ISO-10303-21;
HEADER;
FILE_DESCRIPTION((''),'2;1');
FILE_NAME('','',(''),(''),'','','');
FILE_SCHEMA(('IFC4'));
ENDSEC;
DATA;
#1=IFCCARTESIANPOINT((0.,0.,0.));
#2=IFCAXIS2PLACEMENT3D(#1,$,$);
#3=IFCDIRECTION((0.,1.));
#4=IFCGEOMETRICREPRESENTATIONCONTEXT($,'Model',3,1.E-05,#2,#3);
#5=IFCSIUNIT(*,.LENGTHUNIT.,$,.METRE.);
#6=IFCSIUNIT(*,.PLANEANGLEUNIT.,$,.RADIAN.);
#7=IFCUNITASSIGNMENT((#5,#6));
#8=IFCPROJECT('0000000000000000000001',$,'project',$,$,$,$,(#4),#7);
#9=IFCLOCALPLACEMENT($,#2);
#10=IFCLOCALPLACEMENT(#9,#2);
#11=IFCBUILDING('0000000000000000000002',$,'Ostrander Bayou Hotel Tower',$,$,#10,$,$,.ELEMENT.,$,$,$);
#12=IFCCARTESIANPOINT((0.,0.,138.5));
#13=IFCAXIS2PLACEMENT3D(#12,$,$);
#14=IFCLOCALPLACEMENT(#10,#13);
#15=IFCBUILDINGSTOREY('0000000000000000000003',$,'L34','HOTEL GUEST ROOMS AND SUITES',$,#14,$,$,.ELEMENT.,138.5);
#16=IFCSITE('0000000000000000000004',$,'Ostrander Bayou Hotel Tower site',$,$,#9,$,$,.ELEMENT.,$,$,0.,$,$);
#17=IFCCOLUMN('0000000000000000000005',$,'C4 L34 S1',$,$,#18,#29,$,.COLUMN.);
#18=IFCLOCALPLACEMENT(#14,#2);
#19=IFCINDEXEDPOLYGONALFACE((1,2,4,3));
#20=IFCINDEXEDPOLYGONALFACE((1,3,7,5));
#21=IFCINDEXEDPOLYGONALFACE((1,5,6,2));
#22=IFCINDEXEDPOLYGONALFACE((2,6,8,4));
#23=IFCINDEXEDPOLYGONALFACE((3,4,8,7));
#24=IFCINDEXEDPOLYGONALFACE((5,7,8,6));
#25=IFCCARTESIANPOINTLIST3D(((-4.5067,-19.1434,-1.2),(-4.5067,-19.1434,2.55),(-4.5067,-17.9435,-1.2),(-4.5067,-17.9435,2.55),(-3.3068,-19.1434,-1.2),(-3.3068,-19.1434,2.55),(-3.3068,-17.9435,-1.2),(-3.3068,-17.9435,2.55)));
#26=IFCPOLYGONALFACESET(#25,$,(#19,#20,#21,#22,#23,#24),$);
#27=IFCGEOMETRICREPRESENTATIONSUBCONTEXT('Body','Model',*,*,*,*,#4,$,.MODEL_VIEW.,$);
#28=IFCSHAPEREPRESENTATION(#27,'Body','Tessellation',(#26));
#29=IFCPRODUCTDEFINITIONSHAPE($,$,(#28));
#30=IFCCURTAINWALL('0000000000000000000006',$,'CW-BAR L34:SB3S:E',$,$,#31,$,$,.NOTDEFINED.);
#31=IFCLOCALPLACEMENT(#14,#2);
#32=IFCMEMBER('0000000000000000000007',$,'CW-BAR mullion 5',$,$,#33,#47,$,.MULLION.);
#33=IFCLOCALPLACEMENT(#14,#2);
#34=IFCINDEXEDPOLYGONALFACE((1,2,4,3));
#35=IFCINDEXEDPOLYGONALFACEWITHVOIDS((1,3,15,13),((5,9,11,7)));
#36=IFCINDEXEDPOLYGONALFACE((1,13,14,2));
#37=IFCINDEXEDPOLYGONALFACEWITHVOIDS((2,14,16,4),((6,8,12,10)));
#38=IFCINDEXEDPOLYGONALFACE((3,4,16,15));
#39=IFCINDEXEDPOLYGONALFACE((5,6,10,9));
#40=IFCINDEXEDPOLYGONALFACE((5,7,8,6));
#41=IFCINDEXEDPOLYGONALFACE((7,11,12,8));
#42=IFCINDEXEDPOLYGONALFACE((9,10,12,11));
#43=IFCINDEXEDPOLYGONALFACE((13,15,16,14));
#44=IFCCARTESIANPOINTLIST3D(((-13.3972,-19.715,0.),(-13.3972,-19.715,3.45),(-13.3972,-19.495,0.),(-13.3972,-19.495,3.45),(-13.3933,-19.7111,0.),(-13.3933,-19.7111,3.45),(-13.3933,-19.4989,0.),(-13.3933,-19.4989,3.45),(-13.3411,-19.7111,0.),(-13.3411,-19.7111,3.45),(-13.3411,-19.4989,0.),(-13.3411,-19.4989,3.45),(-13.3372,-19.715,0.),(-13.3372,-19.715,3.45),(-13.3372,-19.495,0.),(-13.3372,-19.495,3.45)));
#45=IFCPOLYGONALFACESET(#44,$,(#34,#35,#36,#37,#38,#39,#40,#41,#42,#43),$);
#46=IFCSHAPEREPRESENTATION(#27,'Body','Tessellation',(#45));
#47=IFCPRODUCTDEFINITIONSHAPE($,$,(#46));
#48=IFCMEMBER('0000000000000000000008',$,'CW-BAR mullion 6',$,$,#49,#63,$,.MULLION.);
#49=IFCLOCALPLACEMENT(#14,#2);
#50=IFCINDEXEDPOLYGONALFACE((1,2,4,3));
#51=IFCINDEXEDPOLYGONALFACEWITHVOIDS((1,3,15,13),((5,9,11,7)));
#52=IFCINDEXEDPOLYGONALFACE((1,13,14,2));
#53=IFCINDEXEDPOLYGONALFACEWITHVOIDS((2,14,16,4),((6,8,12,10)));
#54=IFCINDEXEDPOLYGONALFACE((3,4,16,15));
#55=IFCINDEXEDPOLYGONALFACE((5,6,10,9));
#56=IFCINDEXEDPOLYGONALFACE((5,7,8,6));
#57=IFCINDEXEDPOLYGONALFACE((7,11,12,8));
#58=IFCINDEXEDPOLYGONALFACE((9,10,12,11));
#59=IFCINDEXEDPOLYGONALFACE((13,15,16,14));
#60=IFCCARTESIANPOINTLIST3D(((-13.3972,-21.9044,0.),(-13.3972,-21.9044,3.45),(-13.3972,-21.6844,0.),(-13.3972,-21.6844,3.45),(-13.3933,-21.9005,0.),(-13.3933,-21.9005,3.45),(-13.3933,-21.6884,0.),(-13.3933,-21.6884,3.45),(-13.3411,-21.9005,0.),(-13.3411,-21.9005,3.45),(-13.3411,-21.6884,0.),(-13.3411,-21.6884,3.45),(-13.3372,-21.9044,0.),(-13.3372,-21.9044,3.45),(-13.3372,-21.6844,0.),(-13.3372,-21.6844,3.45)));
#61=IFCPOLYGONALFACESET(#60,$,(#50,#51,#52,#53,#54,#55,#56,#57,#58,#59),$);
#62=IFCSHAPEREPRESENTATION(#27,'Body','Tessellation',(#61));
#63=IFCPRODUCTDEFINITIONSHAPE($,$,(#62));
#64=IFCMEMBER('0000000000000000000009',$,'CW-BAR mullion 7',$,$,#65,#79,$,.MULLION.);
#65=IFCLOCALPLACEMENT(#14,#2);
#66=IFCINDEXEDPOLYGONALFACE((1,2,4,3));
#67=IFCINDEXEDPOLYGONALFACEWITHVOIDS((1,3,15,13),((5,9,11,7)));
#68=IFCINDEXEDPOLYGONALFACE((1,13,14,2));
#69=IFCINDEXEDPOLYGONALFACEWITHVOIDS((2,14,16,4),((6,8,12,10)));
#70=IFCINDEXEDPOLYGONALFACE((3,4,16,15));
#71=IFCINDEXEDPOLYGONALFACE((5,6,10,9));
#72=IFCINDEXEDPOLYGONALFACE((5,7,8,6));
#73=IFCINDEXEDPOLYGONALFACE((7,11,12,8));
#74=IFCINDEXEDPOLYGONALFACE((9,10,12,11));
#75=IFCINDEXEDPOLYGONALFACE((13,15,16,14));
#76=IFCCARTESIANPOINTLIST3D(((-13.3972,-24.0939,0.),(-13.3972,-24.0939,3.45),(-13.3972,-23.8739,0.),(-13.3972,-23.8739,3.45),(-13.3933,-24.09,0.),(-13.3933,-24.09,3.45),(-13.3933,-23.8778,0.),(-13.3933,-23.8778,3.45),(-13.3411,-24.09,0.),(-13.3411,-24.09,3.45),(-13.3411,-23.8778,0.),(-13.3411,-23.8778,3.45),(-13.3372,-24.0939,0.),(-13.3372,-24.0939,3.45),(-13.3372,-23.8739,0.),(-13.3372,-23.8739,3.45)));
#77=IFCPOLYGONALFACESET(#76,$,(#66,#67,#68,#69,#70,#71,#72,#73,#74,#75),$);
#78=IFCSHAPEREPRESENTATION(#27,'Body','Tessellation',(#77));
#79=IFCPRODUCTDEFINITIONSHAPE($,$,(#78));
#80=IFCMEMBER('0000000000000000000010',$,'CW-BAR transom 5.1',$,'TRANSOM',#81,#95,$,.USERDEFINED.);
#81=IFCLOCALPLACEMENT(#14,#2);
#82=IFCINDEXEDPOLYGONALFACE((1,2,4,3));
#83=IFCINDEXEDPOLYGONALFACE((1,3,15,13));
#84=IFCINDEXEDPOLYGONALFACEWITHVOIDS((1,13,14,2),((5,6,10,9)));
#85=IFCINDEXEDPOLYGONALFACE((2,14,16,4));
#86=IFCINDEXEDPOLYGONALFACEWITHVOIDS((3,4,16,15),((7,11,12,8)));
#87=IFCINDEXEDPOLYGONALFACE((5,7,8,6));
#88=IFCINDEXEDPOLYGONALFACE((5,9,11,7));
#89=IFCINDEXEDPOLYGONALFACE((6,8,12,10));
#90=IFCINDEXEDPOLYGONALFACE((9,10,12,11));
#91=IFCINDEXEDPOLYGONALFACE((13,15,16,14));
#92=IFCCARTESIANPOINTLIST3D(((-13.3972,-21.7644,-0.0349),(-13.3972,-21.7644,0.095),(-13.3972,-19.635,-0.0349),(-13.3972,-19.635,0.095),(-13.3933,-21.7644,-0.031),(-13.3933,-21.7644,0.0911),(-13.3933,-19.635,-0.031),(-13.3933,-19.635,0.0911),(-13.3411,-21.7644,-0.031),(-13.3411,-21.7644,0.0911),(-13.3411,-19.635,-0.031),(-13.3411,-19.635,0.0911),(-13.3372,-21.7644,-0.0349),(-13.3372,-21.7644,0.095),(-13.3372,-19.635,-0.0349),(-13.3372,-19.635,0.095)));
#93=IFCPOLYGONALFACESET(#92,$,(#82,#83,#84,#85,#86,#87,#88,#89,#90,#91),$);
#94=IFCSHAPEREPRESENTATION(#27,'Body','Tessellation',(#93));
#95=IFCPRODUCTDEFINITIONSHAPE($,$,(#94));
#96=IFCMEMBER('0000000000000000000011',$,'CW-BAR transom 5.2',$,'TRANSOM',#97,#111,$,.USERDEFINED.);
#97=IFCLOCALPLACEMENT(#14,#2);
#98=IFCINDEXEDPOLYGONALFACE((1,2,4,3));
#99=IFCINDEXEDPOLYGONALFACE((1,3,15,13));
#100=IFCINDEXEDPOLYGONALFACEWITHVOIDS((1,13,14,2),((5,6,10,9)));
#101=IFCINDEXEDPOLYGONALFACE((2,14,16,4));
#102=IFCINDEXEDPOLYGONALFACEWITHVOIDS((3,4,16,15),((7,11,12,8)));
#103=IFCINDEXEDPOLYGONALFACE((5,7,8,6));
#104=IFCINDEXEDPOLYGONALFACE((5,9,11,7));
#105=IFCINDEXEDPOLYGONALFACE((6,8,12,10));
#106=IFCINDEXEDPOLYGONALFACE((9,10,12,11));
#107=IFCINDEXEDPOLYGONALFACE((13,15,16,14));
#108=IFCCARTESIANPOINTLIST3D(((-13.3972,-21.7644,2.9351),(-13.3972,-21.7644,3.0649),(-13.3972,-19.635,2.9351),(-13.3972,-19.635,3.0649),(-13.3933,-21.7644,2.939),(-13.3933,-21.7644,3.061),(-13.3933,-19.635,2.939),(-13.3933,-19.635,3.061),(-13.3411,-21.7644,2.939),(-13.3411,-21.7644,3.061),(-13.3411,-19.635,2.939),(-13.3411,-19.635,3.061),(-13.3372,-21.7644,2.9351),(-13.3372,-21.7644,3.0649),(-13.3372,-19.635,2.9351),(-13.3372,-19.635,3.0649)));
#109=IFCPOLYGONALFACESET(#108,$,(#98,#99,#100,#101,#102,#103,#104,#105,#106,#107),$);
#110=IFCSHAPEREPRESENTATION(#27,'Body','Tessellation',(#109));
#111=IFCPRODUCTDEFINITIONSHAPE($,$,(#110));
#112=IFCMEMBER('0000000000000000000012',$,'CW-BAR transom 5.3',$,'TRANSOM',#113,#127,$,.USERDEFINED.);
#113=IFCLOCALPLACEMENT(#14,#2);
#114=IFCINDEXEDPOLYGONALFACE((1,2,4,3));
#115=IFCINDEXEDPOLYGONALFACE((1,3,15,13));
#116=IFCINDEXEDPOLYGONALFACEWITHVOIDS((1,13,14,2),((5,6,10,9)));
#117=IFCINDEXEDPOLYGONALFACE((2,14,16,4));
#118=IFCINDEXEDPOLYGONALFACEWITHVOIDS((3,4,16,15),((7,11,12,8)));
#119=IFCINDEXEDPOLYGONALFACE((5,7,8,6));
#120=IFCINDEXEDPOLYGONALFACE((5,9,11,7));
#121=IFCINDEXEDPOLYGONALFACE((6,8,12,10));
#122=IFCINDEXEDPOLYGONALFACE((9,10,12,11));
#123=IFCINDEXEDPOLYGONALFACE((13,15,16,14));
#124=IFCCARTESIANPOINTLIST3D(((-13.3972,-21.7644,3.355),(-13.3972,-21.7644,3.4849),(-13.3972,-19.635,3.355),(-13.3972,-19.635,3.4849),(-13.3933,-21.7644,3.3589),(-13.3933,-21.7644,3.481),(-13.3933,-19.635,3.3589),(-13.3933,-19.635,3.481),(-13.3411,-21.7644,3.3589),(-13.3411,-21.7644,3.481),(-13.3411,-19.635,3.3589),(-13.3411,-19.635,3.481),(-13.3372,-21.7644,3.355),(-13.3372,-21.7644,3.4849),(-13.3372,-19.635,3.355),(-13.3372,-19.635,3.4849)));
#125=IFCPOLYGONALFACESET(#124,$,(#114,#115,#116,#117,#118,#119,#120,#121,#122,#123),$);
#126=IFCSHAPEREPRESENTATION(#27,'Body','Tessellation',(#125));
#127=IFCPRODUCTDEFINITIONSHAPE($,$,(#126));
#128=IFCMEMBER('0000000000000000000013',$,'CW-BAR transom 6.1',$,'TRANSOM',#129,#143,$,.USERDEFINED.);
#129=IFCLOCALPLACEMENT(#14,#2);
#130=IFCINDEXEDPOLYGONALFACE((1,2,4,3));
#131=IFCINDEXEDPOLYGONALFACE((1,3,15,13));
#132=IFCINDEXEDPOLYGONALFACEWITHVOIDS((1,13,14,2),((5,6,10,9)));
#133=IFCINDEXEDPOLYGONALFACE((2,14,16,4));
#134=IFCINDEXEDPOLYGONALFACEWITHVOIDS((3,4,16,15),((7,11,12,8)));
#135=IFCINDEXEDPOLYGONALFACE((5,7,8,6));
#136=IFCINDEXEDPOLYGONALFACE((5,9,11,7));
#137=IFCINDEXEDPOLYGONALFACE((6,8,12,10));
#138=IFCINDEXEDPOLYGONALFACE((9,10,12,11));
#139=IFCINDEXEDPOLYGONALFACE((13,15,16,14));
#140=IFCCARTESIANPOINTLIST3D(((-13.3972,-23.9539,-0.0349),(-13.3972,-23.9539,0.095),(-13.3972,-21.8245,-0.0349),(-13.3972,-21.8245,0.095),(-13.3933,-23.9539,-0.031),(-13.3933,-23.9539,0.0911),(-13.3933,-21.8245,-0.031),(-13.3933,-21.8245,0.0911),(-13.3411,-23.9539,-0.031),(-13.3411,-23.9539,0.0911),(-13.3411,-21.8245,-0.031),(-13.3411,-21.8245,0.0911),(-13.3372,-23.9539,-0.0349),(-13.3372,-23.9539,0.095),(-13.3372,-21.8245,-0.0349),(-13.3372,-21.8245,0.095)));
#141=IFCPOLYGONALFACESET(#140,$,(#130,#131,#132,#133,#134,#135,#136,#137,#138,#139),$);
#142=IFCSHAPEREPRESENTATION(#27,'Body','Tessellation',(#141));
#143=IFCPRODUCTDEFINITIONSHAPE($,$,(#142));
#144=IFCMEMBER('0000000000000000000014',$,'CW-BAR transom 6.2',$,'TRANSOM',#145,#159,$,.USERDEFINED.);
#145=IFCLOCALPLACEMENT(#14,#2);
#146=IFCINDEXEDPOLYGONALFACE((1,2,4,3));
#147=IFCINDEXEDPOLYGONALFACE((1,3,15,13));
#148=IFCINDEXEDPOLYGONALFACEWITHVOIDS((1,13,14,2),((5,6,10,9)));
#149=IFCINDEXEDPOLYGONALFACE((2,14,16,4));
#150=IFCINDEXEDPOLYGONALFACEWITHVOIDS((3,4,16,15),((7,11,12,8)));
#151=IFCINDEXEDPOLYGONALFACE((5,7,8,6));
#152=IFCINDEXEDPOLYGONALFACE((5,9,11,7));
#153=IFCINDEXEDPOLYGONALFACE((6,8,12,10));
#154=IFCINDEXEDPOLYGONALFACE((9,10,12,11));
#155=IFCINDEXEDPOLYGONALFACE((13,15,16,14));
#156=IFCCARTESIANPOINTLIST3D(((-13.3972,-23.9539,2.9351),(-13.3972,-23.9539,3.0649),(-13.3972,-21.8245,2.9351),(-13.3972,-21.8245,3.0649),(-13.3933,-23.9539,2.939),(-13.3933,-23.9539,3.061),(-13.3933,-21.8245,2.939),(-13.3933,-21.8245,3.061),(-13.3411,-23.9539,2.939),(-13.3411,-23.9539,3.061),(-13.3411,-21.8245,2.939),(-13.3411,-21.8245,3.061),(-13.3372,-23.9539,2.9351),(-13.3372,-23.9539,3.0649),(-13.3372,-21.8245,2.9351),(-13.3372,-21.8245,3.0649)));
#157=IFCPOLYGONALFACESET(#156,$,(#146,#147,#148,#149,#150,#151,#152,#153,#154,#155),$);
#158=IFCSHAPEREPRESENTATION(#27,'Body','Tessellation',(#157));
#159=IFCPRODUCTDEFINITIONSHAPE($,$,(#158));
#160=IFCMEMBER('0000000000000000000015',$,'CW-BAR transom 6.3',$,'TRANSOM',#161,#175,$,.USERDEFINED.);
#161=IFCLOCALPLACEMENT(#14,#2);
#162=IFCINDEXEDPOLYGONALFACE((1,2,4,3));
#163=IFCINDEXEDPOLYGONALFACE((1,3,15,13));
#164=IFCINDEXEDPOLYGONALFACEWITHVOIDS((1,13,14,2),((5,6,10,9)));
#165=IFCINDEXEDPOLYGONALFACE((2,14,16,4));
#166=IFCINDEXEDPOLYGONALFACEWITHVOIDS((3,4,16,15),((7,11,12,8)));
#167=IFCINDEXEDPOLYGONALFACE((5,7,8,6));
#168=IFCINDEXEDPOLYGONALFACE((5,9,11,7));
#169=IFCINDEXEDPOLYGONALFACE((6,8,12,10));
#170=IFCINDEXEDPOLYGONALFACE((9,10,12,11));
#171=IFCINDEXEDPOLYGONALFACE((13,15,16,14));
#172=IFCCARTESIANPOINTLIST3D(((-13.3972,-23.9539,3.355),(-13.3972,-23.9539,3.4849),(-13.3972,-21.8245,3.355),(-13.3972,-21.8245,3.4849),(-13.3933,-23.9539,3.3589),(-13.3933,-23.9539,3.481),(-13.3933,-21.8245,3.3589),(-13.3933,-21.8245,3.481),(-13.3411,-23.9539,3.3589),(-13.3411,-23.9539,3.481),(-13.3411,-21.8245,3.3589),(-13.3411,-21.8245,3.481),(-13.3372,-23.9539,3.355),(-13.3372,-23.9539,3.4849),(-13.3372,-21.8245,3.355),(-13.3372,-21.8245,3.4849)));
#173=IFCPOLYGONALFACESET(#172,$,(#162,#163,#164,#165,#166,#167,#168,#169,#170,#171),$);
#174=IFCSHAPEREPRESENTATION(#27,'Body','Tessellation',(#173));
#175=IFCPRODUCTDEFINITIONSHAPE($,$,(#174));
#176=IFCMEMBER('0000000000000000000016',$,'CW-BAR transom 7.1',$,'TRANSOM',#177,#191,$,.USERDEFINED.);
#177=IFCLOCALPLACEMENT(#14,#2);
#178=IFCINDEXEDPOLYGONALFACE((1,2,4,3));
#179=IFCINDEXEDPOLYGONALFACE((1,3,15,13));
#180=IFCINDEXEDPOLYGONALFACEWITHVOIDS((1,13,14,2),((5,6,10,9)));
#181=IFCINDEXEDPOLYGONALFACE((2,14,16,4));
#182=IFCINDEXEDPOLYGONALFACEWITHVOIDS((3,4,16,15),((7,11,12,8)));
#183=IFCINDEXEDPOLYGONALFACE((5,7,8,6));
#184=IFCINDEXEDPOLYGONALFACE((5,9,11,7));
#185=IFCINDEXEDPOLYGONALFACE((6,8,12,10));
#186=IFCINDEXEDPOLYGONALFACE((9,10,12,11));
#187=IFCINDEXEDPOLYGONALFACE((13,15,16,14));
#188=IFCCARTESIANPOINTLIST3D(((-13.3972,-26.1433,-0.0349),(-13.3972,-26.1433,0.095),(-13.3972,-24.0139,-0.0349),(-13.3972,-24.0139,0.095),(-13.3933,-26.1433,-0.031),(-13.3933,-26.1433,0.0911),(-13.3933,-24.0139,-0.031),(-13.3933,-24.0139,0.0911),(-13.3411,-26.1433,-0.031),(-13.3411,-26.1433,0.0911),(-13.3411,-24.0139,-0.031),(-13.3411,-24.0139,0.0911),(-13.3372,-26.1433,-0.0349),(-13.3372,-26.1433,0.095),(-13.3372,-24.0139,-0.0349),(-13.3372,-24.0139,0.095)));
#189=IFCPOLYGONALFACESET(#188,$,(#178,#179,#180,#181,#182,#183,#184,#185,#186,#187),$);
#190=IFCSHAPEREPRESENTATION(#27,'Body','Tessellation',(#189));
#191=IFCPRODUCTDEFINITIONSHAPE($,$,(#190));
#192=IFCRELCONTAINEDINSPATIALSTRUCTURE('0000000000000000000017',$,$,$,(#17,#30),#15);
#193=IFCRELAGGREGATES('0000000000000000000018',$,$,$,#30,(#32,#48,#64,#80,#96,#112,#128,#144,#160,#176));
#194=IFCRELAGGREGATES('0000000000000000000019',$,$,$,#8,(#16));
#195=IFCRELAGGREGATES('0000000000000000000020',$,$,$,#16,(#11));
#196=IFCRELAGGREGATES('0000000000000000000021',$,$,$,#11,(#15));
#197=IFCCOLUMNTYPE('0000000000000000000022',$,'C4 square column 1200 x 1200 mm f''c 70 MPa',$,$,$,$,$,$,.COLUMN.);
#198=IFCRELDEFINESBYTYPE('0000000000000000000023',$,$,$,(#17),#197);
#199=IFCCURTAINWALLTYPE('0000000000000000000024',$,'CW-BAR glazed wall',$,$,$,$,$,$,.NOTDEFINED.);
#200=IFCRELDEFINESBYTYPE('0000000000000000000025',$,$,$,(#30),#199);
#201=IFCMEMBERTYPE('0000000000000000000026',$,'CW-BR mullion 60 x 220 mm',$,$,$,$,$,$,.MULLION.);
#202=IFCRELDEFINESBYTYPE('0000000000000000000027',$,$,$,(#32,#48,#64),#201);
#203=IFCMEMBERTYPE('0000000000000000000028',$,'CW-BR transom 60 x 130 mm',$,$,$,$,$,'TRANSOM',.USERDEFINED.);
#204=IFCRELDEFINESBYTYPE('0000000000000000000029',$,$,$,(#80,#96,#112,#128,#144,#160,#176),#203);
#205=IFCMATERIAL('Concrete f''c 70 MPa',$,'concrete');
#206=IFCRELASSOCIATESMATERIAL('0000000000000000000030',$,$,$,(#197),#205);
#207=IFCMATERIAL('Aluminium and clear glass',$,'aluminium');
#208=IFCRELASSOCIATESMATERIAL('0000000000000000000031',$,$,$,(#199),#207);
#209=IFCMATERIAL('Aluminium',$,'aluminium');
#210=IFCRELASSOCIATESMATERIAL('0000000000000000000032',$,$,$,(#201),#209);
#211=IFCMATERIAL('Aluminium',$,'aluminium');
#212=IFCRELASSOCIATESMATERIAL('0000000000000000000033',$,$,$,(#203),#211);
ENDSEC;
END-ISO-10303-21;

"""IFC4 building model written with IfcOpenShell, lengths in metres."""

from ifc_helpers import new_model, si_unit, direction, frame, origin, origin_2d, place, context, subcontext, project, spatial, rectangle, hollow_rectangle, extrude, material, material_profile, profile_set, type_object, element, aggregate, save


model = new_model("IFC4")

# Units and contexts
model_context = context("Model", 3, precision=1e-05, world=origin(), true_north=direction((0.0, 1.0)))
body_context = subcontext(model_context, "Body", "Model", "MODEL_VIEW")
ifc_project = project(units=[si_unit("LENGTHUNIT", "METRE"), si_unit("PLANEANGLEUNIT", "RADIAN")], contexts=[model_context])

# Site, building, storey
site_placement = place(None, origin())
site = spatial("IfcSite", under=ifc_project, at=site_placement, Name="Ostrander Bayou Hotel Tower site", CompositionType="ELEMENT", RefElevation=0.0)
building_placement = place(site_placement, origin())
building = spatial("IfcBuilding", under=site, at=building_placement, Name="Ostrander Bayou Hotel Tower", CompositionType="ELEMENT")
storey_placement = place(building_placement, frame((0.0, 0.0, 138.5)))
storey = spatial("IfcBuildingStorey", under=building, at=storey_placement, Name="L34", Description="HOTEL GUEST ROOMS AND SUITES", CompositionType="ELEMENT", Elevation=138.5)

# Column
ifc_material_1 = material(Name="Concrete f'c 70 MPa", Category="concrete")
ifc_material_profile_1 = material_profile(ifc_material_1, rectangle(XDim=1.2, YDim=1.2, at=origin_2d()))
ifc_profile_set_1 = profile_set([ifc_material_profile_1], Name="Concrete f'c 70 MPa")
column_type = type_object("IfcColumnType", Name="C4 square column 1200 x 1200 mm f'c 70 MPa", PredefinedType="COLUMN", material=ifc_profile_set_1)
column_placement = place(storey_placement, frame((-3.9067, -18.5435, -1.2), z_axis=(0.0, 0.0, 1.0), x_axis=(-1.0, 0.0, 0.0)))
element("IfcColumn", 1, at=column_placement, inside=storey, type_object=column_type, Name="C4 L34 S1", PredefinedType="COLUMN", context=body_context, shape_type="SweptSolid", body=[
    extrude(rectangle(XDim=1.2, YDim=1.2, at=origin_2d()), origin(), (0.0, 0.0, 1.0), 3.75),
])

# Curtain wall, members
ifc_material_2 = material(Name="Aluminium and clear glass", Category="aluminium")
curtain_wall_type = type_object("IfcCurtainWallType", Name="CW-BAR glazed wall", PredefinedType="NOTDEFINED", material=ifc_material_2)
curtain_wall_placement = place(storey_placement, origin())
curtain_wall = element("IfcCurtainWall", 2, at=curtain_wall_placement, inside=storey, type_object=curtain_wall_type, Name="CW-BAR L34:SB3S:E", PredefinedType="NOTDEFINED")
ifc_material_3 = material(Name="Aluminium", Category="aluminium")
ifc_material_profile_2 = material_profile(ifc_material_3, hollow_rectangle(XDim=0.0601, YDim=0.22, WallThickness=0.0039, at=origin_2d()))
ifc_profile_set_2 = profile_set([ifc_material_profile_2], Name="Aluminium")
member_type_1 = type_object("IfcMemberType", Name="CW-BR mullion 60 x 220 mm", PredefinedType="MULLION", material=ifc_profile_set_2)
member_1_placement = place(storey_placement, frame((-13.3672, -19.605, 0.0), z_axis=(0.0, 0.0, 1.0), x_axis=(1.0, 0.0, 0.0)))
member_1 = element("IfcMember", 3, at=member_1_placement, type_object=member_type_1, Name="CW-BAR mullion 5", PredefinedType="MULLION", context=body_context, shape_type="SweptSolid", body=[
    extrude(hollow_rectangle(XDim=0.0601, YDim=0.22, WallThickness=0.0039, at=origin_2d()), origin(), (0.0, 0.0, 1.0), 3.45),
])
member_2_placement = place(storey_placement, frame((-13.3672, -21.7944, 0.0), z_axis=(0.0, 0.0, 1.0), x_axis=(1.0, 0.0, 0.0)))
member_2 = element("IfcMember", 4, at=member_2_placement, type_object=member_type_1, Name="CW-BAR mullion 6", PredefinedType="MULLION", context=body_context, shape_type="SweptSolid", body=[
    extrude(hollow_rectangle(XDim=0.0601, YDim=0.22, WallThickness=0.0039, at=origin_2d()), origin(), (0.0, 0.0, 1.0), 3.45),
])
member_3_placement = place(storey_placement, frame((-13.3672, -23.9839, 0.0), z_axis=(0.0, 0.0, 1.0), x_axis=(1.0, 0.0, 0.0)))
member_3 = element("IfcMember", 5, at=member_3_placement, type_object=member_type_1, Name="CW-BAR mullion 7", PredefinedType="MULLION", context=body_context, shape_type="SweptSolid", body=[
    extrude(hollow_rectangle(XDim=0.0601, YDim=0.22, WallThickness=0.0039, at=origin_2d()), origin(), (0.0, 0.0, 1.0), 3.45),
])
ifc_material_4 = material(Name="Aluminium", Category="aluminium")
ifc_material_profile_3 = material_profile(ifc_material_4, hollow_rectangle(XDim=0.0601, YDim=0.1299, WallThickness=0.0039, at=origin_2d()))
ifc_profile_set_3 = profile_set([ifc_material_profile_3], Name="Aluminium")
member_type_2 = type_object("IfcMemberType", Name="CW-BR transom 60 x 130 mm", ElementType="TRANSOM", PredefinedType="USERDEFINED", material=ifc_profile_set_3)
member_4_placement = place(storey_placement, frame((-13.3672, -19.635, 0.03), z_axis=(0.0, -1.0, 0.0), x_axis=(1.0, 0.0, 0.0)))
member_4 = element("IfcMember", 6, at=member_4_placement, type_object=member_type_2, Name="CW-BAR transom 5.1", ObjectType="TRANSOM", PredefinedType="USERDEFINED", context=body_context, shape_type="SweptSolid", body=[
    extrude(hollow_rectangle(XDim=0.0601, YDim=0.1299, WallThickness=0.0039, at=origin_2d()), origin(), (0.0, 0.0, 1.0), 2.1294),
])
member_5_placement = place(storey_placement, frame((-13.3672, -19.635, 3.0), z_axis=(0.0, -1.0, 0.0), x_axis=(1.0, 0.0, 0.0)))
member_5 = element("IfcMember", 7, at=member_5_placement, type_object=member_type_2, Name="CW-BAR transom 5.2", ObjectType="TRANSOM", PredefinedType="USERDEFINED", context=body_context, shape_type="SweptSolid", body=[
    extrude(hollow_rectangle(XDim=0.0601, YDim=0.1299, WallThickness=0.0039, at=origin_2d()), origin(), (0.0, 0.0, 1.0), 2.1294),
])
member_6_placement = place(storey_placement, frame((-13.3672, -19.635, 3.4199), z_axis=(0.0, -1.0, 0.0), x_axis=(1.0, 0.0, 0.0)))
member_6 = element("IfcMember", 8, at=member_6_placement, type_object=member_type_2, Name="CW-BAR transom 5.3", ObjectType="TRANSOM", PredefinedType="USERDEFINED", context=body_context, shape_type="SweptSolid", body=[
    extrude(hollow_rectangle(XDim=0.0601, YDim=0.1299, WallThickness=0.0039, at=origin_2d()), origin(), (0.0, 0.0, 1.0), 2.1294),
])
member_7_placement = place(storey_placement, frame((-13.3672, -21.8245, 0.03), z_axis=(0.0, -1.0, 0.0), x_axis=(1.0, 0.0, 0.0)))
member_7 = element("IfcMember", 9, at=member_7_placement, type_object=member_type_2, Name="CW-BAR transom 6.1", ObjectType="TRANSOM", PredefinedType="USERDEFINED", context=body_context, shape_type="SweptSolid", body=[
    extrude(hollow_rectangle(XDim=0.0601, YDim=0.1299, WallThickness=0.0039, at=origin_2d()), origin(), (0.0, 0.0, 1.0), 2.1294),
])
member_8_placement = place(storey_placement, frame((-13.3672, -21.8245, 3.0), z_axis=(0.0, -1.0, 0.0), x_axis=(1.0, 0.0, 0.0)))
member_8 = element("IfcMember", 10, at=member_8_placement, type_object=member_type_2, Name="CW-BAR transom 6.2", ObjectType="TRANSOM", PredefinedType="USERDEFINED", context=body_context, shape_type="SweptSolid", body=[
    extrude(hollow_rectangle(XDim=0.0601, YDim=0.1299, WallThickness=0.0039, at=origin_2d()), origin(), (0.0, 0.0, 1.0), 2.1294),
])
member_9_placement = place(storey_placement, frame((-13.3672, -21.8245, 3.4199), z_axis=(0.0, -1.0, 0.0), x_axis=(1.0, 0.0, 0.0)))
member_9 = element("IfcMember", 11, at=member_9_placement, type_object=member_type_2, Name="CW-BAR transom 6.3", ObjectType="TRANSOM", PredefinedType="USERDEFINED", context=body_context, shape_type="SweptSolid", body=[
    extrude(hollow_rectangle(XDim=0.0601, YDim=0.1299, WallThickness=0.0039, at=origin_2d()), origin(), (0.0, 0.0, 1.0), 2.1294),
])
member_10_placement = place(storey_placement, frame((-13.3672, -24.0139, 0.03), z_axis=(0.0, -1.0, 0.0), x_axis=(1.0, 0.0, 0.0)))
member_10 = element("IfcMember", 12, at=member_10_placement, type_object=member_type_2, Name="CW-BAR transom 7.1", ObjectType="TRANSOM", PredefinedType="USERDEFINED", context=body_context, shape_type="SweptSolid", body=[
    extrude(hollow_rectangle(XDim=0.0601, YDim=0.1299, WallThickness=0.0039, at=origin_2d()), origin(), (0.0, 0.0, 1.0), 2.1294),
])

aggregate(curtain_wall, [member_1, member_2, member_3, member_4, member_5, member_6, member_7, member_8, member_9, member_10])

save(model, "model.ifc")
